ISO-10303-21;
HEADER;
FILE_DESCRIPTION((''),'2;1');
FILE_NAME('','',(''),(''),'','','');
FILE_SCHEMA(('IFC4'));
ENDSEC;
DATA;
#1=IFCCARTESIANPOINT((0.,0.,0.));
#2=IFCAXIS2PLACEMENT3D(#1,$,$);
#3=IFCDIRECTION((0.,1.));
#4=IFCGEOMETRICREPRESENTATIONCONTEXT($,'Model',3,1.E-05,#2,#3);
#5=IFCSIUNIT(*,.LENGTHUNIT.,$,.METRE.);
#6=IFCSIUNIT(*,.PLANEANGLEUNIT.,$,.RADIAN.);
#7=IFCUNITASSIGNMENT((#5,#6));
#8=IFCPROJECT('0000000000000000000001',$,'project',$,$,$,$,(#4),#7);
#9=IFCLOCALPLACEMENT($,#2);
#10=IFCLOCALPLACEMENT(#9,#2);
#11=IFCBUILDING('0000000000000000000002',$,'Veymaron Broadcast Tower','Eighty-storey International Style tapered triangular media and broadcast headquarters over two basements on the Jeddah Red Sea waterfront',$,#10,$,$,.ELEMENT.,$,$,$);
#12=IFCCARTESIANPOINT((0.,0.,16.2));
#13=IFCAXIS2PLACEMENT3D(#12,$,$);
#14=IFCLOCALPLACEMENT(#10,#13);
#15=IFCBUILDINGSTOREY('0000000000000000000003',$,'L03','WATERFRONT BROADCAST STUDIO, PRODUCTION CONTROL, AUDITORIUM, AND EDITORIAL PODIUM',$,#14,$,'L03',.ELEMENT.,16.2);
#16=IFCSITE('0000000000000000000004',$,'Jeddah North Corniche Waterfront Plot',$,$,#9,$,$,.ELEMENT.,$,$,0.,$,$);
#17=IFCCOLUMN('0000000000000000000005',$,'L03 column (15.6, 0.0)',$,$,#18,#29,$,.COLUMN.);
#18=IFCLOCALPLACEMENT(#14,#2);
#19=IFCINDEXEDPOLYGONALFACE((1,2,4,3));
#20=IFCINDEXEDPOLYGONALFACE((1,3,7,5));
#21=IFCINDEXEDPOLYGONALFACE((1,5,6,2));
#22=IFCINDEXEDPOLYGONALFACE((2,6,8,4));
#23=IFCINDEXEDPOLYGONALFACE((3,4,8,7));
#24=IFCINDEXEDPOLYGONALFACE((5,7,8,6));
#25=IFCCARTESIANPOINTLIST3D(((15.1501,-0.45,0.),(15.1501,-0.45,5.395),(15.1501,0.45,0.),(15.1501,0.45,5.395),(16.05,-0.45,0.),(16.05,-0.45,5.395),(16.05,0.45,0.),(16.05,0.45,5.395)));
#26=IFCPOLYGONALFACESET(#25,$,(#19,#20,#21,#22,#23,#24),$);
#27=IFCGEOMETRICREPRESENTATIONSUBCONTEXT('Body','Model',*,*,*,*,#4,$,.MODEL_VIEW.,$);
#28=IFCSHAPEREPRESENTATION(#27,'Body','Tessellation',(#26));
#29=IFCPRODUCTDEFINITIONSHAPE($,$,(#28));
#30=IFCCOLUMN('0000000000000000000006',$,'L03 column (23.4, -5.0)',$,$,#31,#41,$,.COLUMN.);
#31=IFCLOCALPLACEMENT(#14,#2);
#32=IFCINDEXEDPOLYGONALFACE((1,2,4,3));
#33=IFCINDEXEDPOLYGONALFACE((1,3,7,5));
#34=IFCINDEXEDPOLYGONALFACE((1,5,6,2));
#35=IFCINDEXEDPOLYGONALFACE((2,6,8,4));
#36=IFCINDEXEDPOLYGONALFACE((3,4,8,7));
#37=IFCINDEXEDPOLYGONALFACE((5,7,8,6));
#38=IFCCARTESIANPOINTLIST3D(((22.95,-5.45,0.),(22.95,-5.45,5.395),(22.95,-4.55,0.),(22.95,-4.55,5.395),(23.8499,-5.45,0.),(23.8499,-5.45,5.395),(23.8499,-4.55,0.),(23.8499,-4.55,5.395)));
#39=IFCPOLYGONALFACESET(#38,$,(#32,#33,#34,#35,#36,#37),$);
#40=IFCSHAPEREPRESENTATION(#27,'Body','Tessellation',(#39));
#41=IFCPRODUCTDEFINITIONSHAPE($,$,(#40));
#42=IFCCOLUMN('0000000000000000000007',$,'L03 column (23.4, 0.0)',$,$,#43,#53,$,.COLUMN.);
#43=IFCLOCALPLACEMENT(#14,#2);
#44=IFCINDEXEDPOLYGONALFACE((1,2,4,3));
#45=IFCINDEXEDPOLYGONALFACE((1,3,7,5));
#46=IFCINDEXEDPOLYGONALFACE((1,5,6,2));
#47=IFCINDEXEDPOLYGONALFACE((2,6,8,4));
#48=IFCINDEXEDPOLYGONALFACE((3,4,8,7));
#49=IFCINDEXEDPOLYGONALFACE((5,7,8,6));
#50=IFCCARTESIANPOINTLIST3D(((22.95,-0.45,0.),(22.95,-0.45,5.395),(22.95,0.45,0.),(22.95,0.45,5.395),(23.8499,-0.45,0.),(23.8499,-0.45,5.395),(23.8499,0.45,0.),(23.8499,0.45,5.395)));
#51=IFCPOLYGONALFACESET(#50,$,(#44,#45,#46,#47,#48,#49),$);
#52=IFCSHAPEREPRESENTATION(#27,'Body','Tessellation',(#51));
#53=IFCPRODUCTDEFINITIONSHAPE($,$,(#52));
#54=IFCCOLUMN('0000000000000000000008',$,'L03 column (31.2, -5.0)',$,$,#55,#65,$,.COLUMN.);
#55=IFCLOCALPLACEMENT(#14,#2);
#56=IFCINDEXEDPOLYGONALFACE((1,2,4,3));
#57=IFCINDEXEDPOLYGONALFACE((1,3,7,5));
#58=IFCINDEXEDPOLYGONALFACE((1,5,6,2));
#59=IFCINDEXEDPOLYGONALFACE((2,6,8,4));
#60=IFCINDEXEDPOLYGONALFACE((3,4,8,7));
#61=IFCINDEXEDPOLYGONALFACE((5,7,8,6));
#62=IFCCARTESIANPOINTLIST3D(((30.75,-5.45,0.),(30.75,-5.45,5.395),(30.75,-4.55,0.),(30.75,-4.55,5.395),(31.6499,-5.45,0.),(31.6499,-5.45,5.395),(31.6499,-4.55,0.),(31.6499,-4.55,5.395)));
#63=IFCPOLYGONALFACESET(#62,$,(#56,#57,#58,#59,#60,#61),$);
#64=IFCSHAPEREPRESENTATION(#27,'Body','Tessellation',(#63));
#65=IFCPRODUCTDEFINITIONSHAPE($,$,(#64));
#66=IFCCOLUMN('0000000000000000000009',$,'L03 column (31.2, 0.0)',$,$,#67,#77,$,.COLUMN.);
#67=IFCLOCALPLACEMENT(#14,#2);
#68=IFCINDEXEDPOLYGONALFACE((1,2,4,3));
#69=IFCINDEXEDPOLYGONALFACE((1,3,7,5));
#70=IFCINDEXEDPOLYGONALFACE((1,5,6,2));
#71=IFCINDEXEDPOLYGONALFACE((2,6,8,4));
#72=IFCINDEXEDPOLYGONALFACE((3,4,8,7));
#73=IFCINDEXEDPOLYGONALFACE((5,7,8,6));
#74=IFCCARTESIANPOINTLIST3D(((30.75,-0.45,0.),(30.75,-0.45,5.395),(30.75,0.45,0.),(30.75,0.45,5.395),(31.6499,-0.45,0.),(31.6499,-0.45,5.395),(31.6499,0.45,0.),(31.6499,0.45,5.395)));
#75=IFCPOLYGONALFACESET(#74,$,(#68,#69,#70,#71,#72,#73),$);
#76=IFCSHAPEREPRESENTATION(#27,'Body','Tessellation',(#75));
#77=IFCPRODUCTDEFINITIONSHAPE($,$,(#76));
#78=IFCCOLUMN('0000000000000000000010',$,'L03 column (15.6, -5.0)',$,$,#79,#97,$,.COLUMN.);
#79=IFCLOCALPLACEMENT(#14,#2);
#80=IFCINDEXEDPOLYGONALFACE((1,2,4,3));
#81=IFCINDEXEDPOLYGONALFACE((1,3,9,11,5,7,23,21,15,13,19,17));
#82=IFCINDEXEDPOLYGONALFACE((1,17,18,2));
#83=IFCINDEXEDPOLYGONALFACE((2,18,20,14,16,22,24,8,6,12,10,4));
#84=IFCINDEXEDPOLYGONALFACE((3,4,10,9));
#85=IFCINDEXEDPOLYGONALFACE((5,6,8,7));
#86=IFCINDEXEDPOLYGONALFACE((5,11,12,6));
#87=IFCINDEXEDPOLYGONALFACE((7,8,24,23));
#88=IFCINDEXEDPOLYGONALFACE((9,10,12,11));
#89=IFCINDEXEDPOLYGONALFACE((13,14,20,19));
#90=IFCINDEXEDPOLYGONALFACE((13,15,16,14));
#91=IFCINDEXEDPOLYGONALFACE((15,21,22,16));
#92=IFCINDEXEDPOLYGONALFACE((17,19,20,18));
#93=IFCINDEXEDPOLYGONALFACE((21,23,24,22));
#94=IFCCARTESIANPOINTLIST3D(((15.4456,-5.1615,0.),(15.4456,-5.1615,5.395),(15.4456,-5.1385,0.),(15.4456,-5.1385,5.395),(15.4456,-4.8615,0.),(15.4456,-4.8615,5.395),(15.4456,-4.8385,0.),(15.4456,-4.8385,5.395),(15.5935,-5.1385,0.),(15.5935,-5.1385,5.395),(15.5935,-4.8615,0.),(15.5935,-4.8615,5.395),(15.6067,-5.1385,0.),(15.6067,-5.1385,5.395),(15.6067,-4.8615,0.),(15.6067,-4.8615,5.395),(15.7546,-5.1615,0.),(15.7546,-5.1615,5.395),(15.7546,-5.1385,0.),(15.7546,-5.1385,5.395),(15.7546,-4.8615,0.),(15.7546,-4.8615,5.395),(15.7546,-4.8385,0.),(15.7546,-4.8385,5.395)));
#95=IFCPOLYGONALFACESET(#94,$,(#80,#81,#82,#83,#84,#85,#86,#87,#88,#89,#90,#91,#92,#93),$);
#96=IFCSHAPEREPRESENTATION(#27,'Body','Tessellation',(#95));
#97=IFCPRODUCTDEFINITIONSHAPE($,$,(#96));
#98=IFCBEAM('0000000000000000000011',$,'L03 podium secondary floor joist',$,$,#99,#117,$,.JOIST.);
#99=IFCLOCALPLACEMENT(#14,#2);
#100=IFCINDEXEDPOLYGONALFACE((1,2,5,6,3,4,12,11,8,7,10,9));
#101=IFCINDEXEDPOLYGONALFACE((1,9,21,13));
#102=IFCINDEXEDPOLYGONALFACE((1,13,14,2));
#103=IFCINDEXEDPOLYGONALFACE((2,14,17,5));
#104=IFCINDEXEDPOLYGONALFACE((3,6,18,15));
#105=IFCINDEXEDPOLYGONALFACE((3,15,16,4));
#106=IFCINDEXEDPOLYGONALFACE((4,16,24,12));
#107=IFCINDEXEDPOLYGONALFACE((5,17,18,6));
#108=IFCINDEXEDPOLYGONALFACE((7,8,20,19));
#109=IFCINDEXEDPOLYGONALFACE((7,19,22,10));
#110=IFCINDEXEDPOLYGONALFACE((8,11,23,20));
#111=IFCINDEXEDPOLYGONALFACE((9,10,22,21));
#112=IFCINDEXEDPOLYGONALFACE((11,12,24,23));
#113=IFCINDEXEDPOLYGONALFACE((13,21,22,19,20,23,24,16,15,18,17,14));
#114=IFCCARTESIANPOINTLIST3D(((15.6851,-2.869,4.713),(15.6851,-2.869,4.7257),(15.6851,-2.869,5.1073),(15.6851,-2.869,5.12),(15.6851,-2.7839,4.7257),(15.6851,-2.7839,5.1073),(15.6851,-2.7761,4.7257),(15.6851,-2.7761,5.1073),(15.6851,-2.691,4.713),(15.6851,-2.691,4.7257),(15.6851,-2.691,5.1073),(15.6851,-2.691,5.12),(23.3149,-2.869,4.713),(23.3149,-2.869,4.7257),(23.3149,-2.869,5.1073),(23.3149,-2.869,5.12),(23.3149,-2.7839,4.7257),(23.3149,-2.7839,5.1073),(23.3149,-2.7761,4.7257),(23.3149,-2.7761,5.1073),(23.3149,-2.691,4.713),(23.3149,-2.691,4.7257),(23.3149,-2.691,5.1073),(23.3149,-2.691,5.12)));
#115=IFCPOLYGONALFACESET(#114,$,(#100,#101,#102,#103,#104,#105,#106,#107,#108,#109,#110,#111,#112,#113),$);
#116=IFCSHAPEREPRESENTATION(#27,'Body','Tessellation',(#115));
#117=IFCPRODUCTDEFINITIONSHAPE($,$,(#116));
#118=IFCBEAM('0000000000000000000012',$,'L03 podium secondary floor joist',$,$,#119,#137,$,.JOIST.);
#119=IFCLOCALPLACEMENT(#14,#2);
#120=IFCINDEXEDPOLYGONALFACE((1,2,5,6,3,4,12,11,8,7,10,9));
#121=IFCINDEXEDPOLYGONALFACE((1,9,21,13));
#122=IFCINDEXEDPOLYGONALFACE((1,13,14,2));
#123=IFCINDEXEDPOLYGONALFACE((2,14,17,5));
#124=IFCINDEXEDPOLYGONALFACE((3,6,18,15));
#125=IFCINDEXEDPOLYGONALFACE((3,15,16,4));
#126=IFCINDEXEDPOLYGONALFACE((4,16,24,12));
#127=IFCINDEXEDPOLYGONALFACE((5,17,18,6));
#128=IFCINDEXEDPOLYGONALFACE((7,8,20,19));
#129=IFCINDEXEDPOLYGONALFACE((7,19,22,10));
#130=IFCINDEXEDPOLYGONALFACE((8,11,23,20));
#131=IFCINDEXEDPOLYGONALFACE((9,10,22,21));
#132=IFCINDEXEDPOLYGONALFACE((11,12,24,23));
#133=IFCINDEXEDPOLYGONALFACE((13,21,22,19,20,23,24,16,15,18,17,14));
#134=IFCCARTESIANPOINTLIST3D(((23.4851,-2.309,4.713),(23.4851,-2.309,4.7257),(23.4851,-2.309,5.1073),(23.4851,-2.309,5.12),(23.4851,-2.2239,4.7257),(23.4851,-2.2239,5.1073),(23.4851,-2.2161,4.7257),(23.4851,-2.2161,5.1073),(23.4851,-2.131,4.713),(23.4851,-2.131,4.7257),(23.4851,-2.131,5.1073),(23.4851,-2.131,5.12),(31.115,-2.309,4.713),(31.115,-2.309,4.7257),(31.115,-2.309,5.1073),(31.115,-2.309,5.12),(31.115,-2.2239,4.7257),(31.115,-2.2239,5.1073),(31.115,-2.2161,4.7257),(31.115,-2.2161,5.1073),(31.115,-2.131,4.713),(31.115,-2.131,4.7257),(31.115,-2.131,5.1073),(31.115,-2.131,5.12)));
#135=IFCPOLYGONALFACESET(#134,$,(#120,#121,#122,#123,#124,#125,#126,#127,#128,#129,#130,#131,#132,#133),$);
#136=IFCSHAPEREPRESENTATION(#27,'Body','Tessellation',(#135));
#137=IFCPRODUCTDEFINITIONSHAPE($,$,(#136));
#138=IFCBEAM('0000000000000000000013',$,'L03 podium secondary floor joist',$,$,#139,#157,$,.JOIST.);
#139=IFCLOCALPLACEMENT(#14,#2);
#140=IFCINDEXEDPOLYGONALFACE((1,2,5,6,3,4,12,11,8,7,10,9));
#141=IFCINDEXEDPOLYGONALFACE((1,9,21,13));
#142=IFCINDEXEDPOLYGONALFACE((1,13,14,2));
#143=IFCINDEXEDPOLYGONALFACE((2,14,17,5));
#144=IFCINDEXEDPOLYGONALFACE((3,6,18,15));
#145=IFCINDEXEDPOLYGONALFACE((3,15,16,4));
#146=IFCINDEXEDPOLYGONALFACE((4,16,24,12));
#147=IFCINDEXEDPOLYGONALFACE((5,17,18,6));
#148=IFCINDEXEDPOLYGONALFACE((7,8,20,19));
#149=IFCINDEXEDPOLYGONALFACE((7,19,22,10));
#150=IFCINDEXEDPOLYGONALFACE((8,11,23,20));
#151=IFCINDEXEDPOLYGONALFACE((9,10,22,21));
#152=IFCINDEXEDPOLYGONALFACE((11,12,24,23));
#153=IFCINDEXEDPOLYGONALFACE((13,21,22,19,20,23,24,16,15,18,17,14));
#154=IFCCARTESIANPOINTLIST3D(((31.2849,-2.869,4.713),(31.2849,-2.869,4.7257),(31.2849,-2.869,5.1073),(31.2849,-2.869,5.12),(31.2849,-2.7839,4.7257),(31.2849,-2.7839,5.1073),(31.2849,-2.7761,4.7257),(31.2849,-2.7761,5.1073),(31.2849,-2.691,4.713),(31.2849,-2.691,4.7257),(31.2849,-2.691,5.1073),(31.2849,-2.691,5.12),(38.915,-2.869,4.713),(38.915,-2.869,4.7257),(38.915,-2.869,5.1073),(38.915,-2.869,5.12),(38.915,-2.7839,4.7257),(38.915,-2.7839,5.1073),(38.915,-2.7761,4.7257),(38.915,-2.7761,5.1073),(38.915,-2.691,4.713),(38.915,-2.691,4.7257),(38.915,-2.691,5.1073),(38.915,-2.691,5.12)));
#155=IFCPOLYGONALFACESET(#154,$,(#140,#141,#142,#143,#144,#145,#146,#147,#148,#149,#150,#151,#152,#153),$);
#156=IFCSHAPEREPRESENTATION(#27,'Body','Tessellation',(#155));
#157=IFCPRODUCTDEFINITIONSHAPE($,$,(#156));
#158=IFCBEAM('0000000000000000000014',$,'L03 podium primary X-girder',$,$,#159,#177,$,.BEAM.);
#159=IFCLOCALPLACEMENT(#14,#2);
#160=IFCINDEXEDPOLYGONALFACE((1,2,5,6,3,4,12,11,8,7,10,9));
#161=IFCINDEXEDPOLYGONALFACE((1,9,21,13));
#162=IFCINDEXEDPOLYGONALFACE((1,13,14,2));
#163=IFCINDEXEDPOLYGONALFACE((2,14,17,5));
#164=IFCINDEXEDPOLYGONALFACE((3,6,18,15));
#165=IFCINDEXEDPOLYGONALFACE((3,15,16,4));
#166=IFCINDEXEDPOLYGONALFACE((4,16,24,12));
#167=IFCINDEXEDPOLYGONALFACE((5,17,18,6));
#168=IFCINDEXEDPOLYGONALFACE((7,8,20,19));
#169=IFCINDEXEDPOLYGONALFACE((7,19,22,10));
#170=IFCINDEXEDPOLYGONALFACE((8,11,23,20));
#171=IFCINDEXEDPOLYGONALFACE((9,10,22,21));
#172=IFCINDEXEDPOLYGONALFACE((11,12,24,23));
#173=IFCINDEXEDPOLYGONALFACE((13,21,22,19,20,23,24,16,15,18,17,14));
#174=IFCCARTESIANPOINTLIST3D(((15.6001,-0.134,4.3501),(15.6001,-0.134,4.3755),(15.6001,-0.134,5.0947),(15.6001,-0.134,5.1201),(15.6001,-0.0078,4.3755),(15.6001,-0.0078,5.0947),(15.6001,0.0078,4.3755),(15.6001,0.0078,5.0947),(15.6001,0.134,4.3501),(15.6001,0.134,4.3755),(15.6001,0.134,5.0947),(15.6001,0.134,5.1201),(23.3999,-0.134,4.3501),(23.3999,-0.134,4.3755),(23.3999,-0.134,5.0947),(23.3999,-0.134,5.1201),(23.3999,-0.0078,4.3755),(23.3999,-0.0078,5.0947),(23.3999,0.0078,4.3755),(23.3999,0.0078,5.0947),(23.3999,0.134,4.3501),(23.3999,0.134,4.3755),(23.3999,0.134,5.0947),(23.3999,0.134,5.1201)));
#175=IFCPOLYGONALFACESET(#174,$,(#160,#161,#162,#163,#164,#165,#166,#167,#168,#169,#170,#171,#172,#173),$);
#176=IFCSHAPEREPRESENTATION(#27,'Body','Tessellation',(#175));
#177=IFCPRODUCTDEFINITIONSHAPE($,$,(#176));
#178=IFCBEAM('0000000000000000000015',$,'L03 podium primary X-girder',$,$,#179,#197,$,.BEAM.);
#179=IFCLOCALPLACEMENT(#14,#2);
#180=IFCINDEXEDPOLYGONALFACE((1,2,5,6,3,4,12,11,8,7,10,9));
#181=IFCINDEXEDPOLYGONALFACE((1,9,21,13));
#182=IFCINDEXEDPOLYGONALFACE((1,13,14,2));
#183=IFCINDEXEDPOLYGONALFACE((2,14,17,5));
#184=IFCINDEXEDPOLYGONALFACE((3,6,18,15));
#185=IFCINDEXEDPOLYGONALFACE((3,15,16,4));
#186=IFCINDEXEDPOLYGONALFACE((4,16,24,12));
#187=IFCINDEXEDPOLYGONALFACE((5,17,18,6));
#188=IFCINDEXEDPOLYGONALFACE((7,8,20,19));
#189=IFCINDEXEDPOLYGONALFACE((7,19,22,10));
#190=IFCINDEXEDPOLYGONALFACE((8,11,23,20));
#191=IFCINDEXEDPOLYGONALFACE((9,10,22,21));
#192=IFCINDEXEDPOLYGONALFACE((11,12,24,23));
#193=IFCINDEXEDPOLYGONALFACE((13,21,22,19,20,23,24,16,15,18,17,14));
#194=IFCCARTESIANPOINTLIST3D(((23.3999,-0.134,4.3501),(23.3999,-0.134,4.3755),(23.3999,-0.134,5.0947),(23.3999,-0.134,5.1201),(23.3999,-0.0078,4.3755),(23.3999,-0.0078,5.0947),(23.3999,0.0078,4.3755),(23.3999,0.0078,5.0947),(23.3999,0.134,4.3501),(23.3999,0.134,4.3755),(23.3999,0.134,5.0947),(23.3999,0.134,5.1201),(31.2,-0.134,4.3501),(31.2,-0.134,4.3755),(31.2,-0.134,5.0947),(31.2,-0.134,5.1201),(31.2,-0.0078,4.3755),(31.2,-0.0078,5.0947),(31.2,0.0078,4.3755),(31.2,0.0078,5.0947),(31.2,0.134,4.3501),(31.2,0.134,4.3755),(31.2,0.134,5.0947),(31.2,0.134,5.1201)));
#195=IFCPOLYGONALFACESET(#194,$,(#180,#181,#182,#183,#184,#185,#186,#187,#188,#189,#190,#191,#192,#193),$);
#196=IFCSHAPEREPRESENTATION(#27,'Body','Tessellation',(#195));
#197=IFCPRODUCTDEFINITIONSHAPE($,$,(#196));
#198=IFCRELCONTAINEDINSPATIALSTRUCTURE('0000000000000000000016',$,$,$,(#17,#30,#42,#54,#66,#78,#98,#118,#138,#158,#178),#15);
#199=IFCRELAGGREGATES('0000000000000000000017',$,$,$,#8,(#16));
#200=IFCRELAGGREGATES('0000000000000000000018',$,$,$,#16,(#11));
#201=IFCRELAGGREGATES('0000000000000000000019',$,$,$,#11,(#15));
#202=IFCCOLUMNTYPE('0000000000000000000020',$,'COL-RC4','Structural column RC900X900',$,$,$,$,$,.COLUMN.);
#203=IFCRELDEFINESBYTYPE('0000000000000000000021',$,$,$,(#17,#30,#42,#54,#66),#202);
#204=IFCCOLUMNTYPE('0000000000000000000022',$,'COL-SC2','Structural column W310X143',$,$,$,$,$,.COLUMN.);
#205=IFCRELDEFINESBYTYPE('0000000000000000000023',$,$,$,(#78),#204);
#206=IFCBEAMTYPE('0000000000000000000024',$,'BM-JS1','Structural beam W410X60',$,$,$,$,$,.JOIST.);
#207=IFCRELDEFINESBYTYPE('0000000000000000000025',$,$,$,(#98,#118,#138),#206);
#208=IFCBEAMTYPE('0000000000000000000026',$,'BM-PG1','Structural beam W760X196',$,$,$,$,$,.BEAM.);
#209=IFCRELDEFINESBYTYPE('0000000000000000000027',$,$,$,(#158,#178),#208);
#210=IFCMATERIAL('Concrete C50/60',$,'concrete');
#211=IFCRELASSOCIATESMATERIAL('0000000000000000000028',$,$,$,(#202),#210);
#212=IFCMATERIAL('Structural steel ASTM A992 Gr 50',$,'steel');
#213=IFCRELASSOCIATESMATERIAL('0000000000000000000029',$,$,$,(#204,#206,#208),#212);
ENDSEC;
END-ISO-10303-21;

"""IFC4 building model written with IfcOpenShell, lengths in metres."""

from ifc_helpers import new_model, si_unit, direction, frame, origin, origin_2d, place, context, subcontext, project, spatial, rectangle, i_section, extrude, material, material_profile, profile_set, type_object, element, save


model = new_model("IFC4")

# Units and contexts
model_context = context("Model", 3, precision=1e-05, world=origin(), true_north=direction((0.0, 1.0)))
body_context = subcontext(model_context, "Body", "Model", "MODEL_VIEW")
ifc_project = project(units=[si_unit("LENGTHUNIT", "METRE"), si_unit("PLANEANGLEUNIT", "RADIAN")], contexts=[model_context])

# Site, building, storey
site_placement = place(None, origin())
site = spatial("IfcSite", under=ifc_project, at=site_placement, Name="Jeddah North Corniche Waterfront Plot", CompositionType="ELEMENT", RefElevation=0.0)
building_placement = place(site_placement, origin())
building = spatial("IfcBuilding", under=site, at=building_placement, Name="Veymaron Broadcast Tower", Description="Eighty-storey International Style tapered triangular media and broadcast headquarters over two basements on the Jeddah Red Sea waterfront", CompositionType="ELEMENT")
storey_placement = place(building_placement, frame((0.0, 0.0, 16.2)))
storey = spatial("IfcBuildingStorey", under=building, at=storey_placement, Name="L03", Description="WATERFRONT BROADCAST STUDIO, PRODUCTION CONTROL, AUDITORIUM, AND EDITORIAL PODIUM", LongName="L03", CompositionType="ELEMENT", Elevation=16.2)

# Columns
ifc_material_1 = material(Name="Concrete C50/60", Category="concrete")
ifc_material_profile_1 = material_profile(ifc_material_1, rectangle(XDim=0.8999, YDim=0.8999, at=origin_2d()), Name="RC900X900")
ifc_profile_set_1 = profile_set([ifc_material_profile_1], Name="Concrete C50/60")
column_type_1 = type_object("IfcColumnType", Name="COL-RC4", Description="Structural column RC900X900", PredefinedType="COLUMN", material=ifc_profile_set_1)
for number, where, z_axis, x_axis, name in (
    (1, (15.6001, 0.0, 0.0), (0.0, 0.0, 1.0), (1.0, 0.0, 0.0), "L03 column (15.6, 0.0)"),
    (2, (23.3999, -5.0, 0.0), (0.0, 0.0, 1.0), (1.0, 0.0, 0.0), "L03 column (23.4, -5.0)"),
    (3, (23.3999, 0.0, 0.0), (0.0, 0.0, 1.0), (1.0, 0.0, 0.0), "L03 column (23.4, 0.0)"),
    (4, (31.2, -5.0, 0.0), (0.0, 0.0, 1.0), (1.0, 0.0, 0.0), "L03 column (31.2, -5.0)"),
    (5, (31.2, 0.0, 0.0), (0.0, 0.0, 1.0), (1.0, 0.0, 0.0), "L03 column (31.2, 0.0)"),
):
    element("IfcColumn", number, at=place(storey_placement, frame(where, z_axis=z_axis, x_axis=x_axis)), inside=storey, type_object=column_type_1, Name=name, PredefinedType="COLUMN", context=body_context, shape_type="SweptSolid", body=[
        extrude(rectangle(XDim=0.8999, YDim=0.8999, at=origin_2d()), origin(), (0.0, 0.0, 1.0), 5.395),
    ])
ifc_material_2 = material(Name="Structural steel ASTM A992 Gr 50", Category="steel")
ifc_material_profile_2 = material_profile(ifc_material_2, i_section(OverallWidth=0.3091, OverallDepth=0.323, WebThickness=0.0132, FlangeThickness=0.0229, at=origin_2d()), Name="W310X143")
ifc_profile_set_2 = profile_set([ifc_material_profile_2], Name="Structural steel ASTM A992 Gr 50")
column_type_2 = type_object("IfcColumnType", Name="COL-SC2", Description="Structural column W310X143", PredefinedType="COLUMN", material=ifc_profile_set_2)
column_placement = place(storey_placement, frame((15.6001, -5.0, 0.0), z_axis=(0.0, 0.0, 1.0), x_axis=(1.0, 0.0, 0.0)))
element("IfcColumn", 6, at=column_placement, inside=storey, type_object=column_type_2, Name="L03 column (15.6, -5.0)", PredefinedType="COLUMN", context=body_context, shape_type="SweptSolid", body=[
    extrude(i_section(OverallWidth=0.3091, OverallDepth=0.323, WebThickness=0.0132, FlangeThickness=0.0229, at=origin_2d()), origin(), (0.0, 0.0, 1.0), 5.395),
])

# Beams
ifc_material_profile_3 = material_profile(ifc_material_2, i_section(OverallWidth=0.178, OverallDepth=0.407, WebThickness=0.0078, FlangeThickness=0.0127, at=origin_2d()), Name="W410X60")
ifc_profile_set_3 = profile_set([ifc_material_profile_3], Name="Structural steel ASTM A992 Gr 50")
beam_type_1 = type_object("IfcBeamType", Name="BM-JS1", Description="Structural beam W410X60", PredefinedType="JOIST", material=ifc_profile_set_3)
for number, where, z_axis, x_axis, name in (
    (7, (15.6851, -2.78, 4.9165), (1.0, 0.0, 0.0), (0.0, 1.0, 0.0), "L03 podium secondary floor joist"),
    (8, (23.4851, -2.22, 4.9165), (1.0, 0.0, 0.0), (0.0, 1.0, 0.0), "L03 podium secondary floor joist"),
):
    element("IfcBeam", number, at=place(storey_placement, frame(where, z_axis=z_axis, x_axis=x_axis)), inside=storey, type_object=beam_type_1, Name=name, PredefinedType="JOIST", context=body_context, shape_type="SweptSolid", body=[
        extrude(i_section(OverallWidth=0.178, OverallDepth=0.407, WebThickness=0.0078, FlangeThickness=0.0127, at=origin_2d()), origin(), (0.0, 0.0, 1.0), 7.6299),
    ])
beam_1_placement = place(storey_placement, frame((31.2849, -2.78, 4.9165), z_axis=(1.0, 0.0, 0.0), x_axis=(0.0, 1.0, 0.0)))
element("IfcBeam", 9, at=beam_1_placement, inside=storey, type_object=beam_type_1, Name="L03 podium secondary floor joist", PredefinedType="JOIST", context=body_context, shape_type="SweptSolid", body=[
    extrude(i_section(OverallWidth=0.178, OverallDepth=0.407, WebThickness=0.0078, FlangeThickness=0.0127, at=origin_2d()), origin(), (0.0, 0.0, 1.0), 7.6301),
])
ifc_material_profile_4 = material_profile(ifc_material_2, i_section(OverallWidth=0.2681, OverallDepth=0.77, WebThickness=0.0156, FlangeThickness=0.0254, at=origin_2d()), Name="W760X196")
ifc_profile_set_4 = profile_set([ifc_material_profile_4], Name="Structural steel ASTM A992 Gr 50")
beam_type_2 = type_object("IfcBeamType", Name="BM-PG1", Description="Structural beam W760X196", PredefinedType="BEAM", material=ifc_profile_set_4)
beam_2_placement = place(storey_placement, frame((15.6001, 0.0, 4.7351), z_axis=(1.0, 0.0, 0.0), x_axis=(0.0, 1.0, 0.0)))
element("IfcBeam", 10, at=beam_2_placement, inside=storey, type_object=beam_type_2, Name="L03 podium primary X-girder", PredefinedType="BEAM", context=body_context, shape_type="SweptSolid", body=[
    extrude(i_section(OverallWidth=0.2681, OverallDepth=0.77, WebThickness=0.0156, FlangeThickness=0.0254, at=origin_2d()), origin(), (0.0, 0.0, 1.0), 7.7998),
])
for number, where, z_axis, x_axis, name in (
    (11, (23.3999, 0.0, 4.7351), (1.0, 0.0, 0.0), (0.0, 1.0, 0.0), "L03 podium primary X-girder"),
):
    element("IfcBeam", number, at=place(storey_placement, frame(where, z_axis=z_axis, x_axis=x_axis)), inside=storey, type_object=beam_type_2, Name=name, PredefinedType="BEAM", context=body_context, shape_type="SweptSolid", body=[
        extrude(i_section(OverallWidth=0.2681, OverallDepth=0.77, WebThickness=0.0156, FlangeThickness=0.0254, at=origin_2d()), origin(), (0.0, 0.0, 1.0), 7.8),
    ])

save(model, "model.ifc")
